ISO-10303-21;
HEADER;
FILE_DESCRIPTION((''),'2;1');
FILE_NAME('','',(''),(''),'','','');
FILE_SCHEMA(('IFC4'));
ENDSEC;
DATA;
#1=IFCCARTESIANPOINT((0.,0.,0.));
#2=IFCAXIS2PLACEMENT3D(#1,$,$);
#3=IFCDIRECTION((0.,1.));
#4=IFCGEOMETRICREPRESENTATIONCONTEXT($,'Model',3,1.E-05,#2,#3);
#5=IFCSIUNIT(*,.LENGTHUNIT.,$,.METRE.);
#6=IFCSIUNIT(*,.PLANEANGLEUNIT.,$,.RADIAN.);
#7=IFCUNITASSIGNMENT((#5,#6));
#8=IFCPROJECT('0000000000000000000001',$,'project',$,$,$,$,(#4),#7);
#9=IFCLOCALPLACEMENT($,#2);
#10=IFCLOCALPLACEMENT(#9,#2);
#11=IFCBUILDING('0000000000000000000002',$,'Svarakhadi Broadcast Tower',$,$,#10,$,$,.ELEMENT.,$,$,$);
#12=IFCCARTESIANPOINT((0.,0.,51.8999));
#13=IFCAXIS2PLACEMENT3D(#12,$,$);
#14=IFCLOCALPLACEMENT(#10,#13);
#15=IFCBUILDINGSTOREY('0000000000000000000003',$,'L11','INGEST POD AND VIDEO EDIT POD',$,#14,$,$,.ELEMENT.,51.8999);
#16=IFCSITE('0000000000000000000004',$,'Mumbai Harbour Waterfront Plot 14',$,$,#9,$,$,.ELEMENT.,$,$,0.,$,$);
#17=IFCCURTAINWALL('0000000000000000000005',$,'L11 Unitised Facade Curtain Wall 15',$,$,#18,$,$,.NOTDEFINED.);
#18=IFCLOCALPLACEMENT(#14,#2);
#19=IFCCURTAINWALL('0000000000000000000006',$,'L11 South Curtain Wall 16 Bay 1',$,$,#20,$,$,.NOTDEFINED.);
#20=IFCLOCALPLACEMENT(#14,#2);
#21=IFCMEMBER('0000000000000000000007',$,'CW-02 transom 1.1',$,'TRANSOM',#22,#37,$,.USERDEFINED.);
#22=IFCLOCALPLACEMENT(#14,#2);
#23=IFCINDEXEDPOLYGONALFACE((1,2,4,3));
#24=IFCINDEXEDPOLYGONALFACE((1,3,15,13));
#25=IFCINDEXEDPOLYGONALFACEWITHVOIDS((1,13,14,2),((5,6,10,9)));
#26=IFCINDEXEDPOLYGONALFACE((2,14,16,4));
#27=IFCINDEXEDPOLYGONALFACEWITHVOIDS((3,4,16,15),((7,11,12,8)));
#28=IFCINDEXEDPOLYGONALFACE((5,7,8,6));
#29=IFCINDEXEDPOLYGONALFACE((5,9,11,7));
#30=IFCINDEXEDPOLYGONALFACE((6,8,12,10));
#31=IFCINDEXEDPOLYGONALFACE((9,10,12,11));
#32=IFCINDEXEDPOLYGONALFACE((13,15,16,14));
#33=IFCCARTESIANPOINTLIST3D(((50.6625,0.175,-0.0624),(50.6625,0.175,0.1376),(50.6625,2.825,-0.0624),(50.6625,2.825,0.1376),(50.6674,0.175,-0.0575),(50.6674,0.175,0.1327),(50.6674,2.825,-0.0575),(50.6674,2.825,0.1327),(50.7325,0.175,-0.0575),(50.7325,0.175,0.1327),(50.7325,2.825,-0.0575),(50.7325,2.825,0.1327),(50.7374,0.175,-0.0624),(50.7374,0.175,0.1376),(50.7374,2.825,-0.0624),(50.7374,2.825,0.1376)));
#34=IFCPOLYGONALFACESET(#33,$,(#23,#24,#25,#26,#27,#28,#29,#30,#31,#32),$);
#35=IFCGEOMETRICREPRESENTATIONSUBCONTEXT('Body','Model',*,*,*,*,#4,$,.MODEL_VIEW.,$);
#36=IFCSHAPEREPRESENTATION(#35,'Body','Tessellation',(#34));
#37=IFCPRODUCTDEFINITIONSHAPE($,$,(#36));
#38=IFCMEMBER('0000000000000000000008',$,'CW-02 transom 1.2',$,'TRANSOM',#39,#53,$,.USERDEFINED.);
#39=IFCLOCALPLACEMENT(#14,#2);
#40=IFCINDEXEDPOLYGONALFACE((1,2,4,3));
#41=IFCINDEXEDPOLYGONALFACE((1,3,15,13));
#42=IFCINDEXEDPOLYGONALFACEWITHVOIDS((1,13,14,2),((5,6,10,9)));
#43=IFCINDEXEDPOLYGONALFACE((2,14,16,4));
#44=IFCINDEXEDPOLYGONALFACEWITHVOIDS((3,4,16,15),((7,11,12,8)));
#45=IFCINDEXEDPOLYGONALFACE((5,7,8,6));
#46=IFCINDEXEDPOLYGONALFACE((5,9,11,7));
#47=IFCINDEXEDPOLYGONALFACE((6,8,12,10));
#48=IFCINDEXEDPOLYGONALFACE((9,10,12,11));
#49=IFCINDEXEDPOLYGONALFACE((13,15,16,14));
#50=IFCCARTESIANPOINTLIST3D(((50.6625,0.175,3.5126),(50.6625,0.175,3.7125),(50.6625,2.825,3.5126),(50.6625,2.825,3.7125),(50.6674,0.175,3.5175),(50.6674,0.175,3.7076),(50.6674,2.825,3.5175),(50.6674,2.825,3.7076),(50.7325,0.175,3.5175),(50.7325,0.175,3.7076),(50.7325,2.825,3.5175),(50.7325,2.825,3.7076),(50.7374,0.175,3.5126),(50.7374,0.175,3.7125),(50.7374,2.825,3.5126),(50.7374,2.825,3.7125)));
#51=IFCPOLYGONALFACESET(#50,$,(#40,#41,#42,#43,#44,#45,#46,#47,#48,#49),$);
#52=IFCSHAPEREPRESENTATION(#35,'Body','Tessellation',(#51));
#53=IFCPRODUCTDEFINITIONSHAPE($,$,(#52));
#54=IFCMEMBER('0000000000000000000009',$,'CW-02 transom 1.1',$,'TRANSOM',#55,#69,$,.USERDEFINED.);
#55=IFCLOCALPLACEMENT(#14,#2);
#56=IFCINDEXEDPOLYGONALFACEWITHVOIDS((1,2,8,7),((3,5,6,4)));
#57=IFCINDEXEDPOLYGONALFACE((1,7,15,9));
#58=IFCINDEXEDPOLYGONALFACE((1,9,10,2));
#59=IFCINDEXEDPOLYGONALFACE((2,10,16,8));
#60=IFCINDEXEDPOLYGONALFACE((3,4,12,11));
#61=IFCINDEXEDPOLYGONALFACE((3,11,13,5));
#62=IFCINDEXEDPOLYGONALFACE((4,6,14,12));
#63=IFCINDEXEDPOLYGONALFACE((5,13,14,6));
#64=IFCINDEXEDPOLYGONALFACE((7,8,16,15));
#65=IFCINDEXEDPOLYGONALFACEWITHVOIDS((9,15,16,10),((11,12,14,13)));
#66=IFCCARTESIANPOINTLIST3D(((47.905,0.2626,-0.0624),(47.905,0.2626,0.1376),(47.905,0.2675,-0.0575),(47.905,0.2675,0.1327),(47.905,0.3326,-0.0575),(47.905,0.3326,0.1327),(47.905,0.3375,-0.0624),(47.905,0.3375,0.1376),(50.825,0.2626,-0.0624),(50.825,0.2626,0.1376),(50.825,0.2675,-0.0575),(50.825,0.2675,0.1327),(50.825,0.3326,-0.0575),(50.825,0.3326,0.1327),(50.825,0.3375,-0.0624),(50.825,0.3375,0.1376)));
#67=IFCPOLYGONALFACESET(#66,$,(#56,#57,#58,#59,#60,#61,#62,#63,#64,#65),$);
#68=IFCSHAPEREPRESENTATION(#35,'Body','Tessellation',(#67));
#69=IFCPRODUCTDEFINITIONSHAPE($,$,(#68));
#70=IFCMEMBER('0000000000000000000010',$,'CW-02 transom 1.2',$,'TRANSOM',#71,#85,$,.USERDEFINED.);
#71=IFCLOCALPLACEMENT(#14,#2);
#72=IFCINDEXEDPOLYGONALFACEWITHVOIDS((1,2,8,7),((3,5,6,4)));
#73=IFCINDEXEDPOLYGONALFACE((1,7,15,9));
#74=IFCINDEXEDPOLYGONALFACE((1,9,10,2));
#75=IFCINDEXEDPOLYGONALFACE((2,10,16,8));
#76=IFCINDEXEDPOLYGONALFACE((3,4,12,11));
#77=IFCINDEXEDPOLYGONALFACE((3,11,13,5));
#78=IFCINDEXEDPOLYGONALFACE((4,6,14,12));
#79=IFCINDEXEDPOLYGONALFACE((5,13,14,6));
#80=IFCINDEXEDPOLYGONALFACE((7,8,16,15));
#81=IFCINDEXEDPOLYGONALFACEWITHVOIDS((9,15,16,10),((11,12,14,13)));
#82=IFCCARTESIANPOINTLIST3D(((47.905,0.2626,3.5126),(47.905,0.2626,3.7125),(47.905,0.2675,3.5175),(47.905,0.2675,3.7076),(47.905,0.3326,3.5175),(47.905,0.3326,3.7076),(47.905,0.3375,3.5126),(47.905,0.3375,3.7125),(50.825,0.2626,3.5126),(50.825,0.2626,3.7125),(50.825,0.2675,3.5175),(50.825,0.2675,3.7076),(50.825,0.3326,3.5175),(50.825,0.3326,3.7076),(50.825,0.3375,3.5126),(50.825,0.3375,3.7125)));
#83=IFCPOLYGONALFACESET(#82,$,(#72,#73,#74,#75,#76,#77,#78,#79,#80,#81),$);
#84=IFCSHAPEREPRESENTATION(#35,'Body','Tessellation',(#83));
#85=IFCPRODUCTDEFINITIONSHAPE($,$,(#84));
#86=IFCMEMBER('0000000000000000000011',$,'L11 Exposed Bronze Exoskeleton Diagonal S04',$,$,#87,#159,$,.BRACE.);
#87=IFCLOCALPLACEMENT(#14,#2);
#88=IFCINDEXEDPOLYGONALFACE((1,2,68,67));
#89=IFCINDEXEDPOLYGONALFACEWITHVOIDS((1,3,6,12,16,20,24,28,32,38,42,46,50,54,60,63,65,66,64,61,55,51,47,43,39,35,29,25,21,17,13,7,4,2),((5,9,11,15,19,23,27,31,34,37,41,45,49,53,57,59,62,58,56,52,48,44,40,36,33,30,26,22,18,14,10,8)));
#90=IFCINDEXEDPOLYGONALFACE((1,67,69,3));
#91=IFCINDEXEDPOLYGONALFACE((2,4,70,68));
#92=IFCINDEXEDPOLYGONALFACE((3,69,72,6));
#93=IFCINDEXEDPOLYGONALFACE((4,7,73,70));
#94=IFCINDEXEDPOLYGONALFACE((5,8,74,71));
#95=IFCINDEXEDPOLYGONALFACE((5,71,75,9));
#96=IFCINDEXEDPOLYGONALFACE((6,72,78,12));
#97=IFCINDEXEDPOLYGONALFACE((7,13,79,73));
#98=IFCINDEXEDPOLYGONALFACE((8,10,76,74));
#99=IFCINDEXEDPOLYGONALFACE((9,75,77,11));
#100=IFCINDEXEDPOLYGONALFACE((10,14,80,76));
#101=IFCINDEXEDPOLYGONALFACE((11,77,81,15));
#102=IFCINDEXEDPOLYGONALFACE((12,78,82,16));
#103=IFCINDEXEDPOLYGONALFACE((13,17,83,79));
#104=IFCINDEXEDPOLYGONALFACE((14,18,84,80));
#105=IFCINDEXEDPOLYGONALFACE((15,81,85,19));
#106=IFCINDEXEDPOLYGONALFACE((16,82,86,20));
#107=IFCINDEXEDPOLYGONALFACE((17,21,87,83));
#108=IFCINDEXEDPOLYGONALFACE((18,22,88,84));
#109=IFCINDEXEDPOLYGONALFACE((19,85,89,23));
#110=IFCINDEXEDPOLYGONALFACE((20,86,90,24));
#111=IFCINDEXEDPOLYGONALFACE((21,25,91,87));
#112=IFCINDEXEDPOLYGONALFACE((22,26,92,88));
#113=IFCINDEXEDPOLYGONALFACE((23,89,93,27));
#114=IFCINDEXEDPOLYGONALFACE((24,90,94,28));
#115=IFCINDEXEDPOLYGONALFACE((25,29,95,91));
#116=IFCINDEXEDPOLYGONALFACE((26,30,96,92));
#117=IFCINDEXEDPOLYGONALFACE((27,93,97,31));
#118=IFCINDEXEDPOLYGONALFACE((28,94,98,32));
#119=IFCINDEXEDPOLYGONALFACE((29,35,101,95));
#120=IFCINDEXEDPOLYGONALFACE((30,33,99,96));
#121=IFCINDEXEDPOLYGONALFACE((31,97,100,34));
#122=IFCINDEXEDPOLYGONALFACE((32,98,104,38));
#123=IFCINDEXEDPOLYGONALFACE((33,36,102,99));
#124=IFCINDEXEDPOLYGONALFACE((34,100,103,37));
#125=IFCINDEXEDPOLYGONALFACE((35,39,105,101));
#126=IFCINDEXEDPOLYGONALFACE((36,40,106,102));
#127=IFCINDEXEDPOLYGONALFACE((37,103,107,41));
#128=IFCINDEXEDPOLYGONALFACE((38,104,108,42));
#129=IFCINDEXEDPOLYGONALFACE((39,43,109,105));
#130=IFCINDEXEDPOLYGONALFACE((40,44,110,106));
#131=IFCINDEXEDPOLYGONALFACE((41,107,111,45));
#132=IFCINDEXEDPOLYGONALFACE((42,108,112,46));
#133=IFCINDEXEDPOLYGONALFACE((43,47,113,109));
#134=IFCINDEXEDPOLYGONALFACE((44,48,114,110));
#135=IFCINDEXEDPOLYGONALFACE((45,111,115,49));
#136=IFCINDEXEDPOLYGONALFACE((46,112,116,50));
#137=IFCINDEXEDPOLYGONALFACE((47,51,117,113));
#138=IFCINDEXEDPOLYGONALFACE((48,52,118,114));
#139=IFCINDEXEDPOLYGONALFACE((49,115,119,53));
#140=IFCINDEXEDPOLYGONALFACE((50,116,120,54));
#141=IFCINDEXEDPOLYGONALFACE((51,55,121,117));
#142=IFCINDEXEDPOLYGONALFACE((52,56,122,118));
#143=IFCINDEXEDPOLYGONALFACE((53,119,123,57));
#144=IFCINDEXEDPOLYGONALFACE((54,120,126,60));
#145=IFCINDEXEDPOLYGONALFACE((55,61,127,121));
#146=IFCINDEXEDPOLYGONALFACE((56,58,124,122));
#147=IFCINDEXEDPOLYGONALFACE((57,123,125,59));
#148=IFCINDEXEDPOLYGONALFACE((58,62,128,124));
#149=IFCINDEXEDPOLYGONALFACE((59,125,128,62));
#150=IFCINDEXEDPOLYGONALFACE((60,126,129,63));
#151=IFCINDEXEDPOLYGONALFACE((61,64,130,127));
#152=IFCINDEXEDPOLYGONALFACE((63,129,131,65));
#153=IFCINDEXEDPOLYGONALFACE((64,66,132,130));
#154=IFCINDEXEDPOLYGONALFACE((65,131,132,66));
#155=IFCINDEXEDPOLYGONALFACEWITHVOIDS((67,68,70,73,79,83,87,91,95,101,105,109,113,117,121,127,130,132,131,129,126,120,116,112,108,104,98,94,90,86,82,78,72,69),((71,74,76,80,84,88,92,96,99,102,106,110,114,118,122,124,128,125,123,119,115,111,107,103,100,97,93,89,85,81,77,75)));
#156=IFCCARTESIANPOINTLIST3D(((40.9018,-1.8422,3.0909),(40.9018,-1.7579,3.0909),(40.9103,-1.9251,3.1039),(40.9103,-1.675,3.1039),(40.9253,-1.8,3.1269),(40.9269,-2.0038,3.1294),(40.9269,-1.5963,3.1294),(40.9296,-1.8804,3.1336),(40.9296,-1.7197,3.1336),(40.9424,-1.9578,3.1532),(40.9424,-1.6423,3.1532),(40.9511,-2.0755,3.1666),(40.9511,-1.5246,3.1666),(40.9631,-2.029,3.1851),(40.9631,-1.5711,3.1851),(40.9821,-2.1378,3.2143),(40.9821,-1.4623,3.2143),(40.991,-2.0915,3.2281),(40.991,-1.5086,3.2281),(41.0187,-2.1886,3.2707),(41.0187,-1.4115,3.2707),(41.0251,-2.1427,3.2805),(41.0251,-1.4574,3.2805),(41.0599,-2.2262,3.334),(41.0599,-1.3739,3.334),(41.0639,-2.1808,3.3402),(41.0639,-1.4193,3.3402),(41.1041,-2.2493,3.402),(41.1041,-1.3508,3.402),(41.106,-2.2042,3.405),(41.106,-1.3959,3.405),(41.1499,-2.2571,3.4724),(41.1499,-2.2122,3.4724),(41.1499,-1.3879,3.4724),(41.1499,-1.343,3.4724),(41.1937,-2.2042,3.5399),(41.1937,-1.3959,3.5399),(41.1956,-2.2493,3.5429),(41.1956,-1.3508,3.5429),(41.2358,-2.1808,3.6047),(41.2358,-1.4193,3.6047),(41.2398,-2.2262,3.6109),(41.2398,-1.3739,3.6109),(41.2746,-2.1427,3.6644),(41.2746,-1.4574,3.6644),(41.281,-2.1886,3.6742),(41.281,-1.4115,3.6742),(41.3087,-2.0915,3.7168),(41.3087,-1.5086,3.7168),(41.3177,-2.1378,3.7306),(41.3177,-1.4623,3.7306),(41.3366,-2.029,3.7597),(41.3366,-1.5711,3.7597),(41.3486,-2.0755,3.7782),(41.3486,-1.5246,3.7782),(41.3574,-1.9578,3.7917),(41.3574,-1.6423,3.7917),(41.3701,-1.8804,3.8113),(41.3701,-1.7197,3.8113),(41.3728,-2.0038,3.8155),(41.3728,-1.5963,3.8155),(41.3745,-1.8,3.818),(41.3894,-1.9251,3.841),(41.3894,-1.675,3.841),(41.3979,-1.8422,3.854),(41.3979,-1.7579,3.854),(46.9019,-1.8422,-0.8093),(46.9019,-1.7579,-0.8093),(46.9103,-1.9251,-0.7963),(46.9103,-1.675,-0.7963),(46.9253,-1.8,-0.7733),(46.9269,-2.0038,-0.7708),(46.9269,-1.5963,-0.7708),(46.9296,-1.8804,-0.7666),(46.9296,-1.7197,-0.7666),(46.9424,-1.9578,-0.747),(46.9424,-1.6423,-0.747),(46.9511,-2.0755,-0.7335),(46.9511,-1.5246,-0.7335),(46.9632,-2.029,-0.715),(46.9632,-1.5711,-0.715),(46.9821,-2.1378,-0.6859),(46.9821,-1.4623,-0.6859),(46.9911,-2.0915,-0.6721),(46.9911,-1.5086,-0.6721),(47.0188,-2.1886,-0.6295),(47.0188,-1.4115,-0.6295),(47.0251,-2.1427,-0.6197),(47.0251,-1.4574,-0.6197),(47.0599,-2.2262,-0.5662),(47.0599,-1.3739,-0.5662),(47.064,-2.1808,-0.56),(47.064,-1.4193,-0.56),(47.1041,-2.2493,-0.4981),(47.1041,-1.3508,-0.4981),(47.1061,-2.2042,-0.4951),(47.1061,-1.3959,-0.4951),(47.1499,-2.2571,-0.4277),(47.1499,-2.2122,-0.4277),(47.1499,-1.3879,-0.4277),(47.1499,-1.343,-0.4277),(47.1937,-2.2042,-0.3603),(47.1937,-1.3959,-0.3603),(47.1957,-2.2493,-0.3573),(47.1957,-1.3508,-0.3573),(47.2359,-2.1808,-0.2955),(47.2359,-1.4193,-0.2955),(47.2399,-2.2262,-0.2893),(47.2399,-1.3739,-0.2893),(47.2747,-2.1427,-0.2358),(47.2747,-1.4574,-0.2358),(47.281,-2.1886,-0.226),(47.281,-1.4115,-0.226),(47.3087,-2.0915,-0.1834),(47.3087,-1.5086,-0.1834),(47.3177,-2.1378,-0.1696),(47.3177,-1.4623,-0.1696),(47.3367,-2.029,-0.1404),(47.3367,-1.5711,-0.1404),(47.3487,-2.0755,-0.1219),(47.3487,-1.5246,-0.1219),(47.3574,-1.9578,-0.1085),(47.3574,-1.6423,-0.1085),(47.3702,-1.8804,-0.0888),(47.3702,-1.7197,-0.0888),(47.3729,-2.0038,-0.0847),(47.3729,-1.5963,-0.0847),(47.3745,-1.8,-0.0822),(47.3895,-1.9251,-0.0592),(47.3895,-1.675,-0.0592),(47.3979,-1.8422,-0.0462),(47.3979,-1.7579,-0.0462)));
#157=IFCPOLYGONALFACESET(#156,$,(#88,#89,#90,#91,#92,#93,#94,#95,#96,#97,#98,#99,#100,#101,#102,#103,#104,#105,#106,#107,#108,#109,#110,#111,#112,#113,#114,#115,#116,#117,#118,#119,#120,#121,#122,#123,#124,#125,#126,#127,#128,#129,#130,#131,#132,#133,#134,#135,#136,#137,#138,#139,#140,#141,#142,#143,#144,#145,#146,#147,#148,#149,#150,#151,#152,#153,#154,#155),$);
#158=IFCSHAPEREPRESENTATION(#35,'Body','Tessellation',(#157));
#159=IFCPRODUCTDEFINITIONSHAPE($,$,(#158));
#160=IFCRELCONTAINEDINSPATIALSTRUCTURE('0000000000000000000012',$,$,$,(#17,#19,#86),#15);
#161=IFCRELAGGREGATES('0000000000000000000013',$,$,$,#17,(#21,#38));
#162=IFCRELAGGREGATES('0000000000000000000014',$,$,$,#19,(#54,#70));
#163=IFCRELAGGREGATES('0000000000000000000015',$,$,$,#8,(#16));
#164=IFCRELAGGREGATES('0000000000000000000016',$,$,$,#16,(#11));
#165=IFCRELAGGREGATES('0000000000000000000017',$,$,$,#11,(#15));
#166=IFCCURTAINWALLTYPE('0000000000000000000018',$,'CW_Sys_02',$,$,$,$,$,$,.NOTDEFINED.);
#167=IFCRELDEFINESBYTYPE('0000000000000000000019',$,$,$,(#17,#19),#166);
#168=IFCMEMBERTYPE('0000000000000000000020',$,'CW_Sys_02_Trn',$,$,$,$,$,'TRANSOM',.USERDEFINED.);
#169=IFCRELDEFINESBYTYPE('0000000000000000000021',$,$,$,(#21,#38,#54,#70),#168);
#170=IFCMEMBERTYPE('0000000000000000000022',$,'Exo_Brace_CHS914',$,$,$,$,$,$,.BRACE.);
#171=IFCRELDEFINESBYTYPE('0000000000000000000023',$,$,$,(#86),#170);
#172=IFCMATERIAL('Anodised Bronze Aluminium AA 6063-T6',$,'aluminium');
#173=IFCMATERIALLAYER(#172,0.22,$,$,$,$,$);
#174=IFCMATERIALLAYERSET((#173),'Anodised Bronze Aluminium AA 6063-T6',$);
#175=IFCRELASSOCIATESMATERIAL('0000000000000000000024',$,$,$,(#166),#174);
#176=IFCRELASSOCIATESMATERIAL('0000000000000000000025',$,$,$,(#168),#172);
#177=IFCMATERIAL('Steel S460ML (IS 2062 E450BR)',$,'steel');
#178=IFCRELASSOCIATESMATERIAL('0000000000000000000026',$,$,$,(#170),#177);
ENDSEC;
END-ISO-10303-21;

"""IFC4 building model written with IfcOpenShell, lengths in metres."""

from ifc_helpers import new_model, si_unit, direction, frame, origin, origin_2d, place, context, subcontext, project, spatial, hollow_rectangle, hollow_circle, extrude, material, layer, layer_set, material_profile, profile_set, type_object, element, aggregate, save


model = new_model("IFC4")

# Units and contexts
model_context = context("Model", 3, precision=1e-05, world=origin(), true_north=direction((0.0, 1.0)))
body_context = subcontext(model_context, "Body", "Model", "MODEL_VIEW")
ifc_project = project(units=[si_unit("LENGTHUNIT", "METRE"), si_unit("PLANEANGLEUNIT", "RADIAN")], contexts=[model_context])

# Site, building, storey
site_placement = place(None, origin())
site = spatial("IfcSite", under=ifc_project, at=site_placement, Name="Mumbai Harbour Waterfront Plot 14", CompositionType="ELEMENT", RefElevation=0.0)
building_placement = place(site_placement, origin())
building = spatial("IfcBuilding", under=site, at=building_placement, Name="Svarakhadi Broadcast Tower", CompositionType="ELEMENT")
storey_placement = place(building_placement, frame((0.0, 0.0, 51.8999)))
storey = spatial("IfcBuildingStorey", under=building, at=storey_placement, Name="L11", Description="INGEST POD AND VIDEO EDIT POD", CompositionType="ELEMENT", Elevation=51.8999)

# Shared definitions
ifc_material_1 = material(Name="Steel S460ML (IS 2062 E450BR)", Category="steel")

# Curtain walls
ifc_material_2 = material(Name="Anodised Bronze Aluminium AA 6063-T6", Category="aluminium")
ifc_layer_1 = layer(ifc_material_2, 0.22)
ifc_layer_set_1 = layer_set([ifc_layer_1], Name="Anodised Bronze Aluminium AA 6063-T6")
curtain_wall_type = type_object("IfcCurtainWallType", Name="CW_Sys_02", PredefinedType="NOTDEFINED", material=ifc_layer_set_1)
curtain_wall_1_placement = place(storey_placement, origin())
curtain_wall_1 = element("IfcCurtainWall", 1, at=curtain_wall_1_placement, inside=storey, type_object=curtain_wall_type, Name="L11 Unitised Facade Curtain Wall 15", PredefinedType="NOTDEFINED")
curtain_wall_2_placement = place(storey_placement, origin())
curtain_wall_2 = element("IfcCurtainWall", 2, at=curtain_wall_2_placement, inside=storey, type_object=curtain_wall_type, Name="L11 South Curtain Wall 16 Bay 1", PredefinedType="NOTDEFINED")

# Members
ifc_material_profile_1 = material_profile(ifc_material_2, hollow_rectangle(XDim=0.075, YDim=0.2, WallThickness=0.0049, at=origin_2d()), Name="ALU TRANSOM 200x75x5")
ifc_profile_set_1 = profile_set([ifc_material_profile_1], Name="Anodised Bronze Aluminium AA 6063-T6")
member_type_1 = type_object("IfcMemberType", Name="CW_Sys_02_Trn", ElementType="TRANSOM", PredefinedType="USERDEFINED", material=ifc_profile_set_1)
member_1_placement = place(storey_placement, frame((50.7, 2.825, 0.0376), z_axis=(0.0, -1.0, 0.0), x_axis=(1.0, 0.0, 0.0)))
member_1 = element("IfcMember", 3, at=member_1_placement, type_object=member_type_1, Name="CW-02 transom 1.1", ObjectType="TRANSOM", PredefinedType="USERDEFINED", context=body_context, shape_type="SweptSolid", body=[
    extrude(hollow_rectangle(XDim=0.075, YDim=0.2, WallThickness=0.0049, at=origin_2d()), origin(), (0.0, 0.0, 1.0), 2.6499),
])
member_2_placement = place(storey_placement, frame((50.7, 2.825, 3.6125), z_axis=(0.0, -1.0, 0.0), x_axis=(1.0, 0.0, 0.0)))
member_2 = element("IfcMember", 4, at=member_2_placement, type_object=member_type_1, Name="CW-02 transom 1.2", ObjectType="TRANSOM", PredefinedType="USERDEFINED", context=body_context, shape_type="SweptSolid", body=[
    extrude(hollow_rectangle(XDim=0.075, YDim=0.2, WallThickness=0.0049, at=origin_2d()), origin(), (0.0, 0.0, 1.0), 2.6499),
])
member_3_placement = place(storey_placement, frame((50.825, 0.3, 0.0376), z_axis=(-1.0, 0.0, 0.0), x_axis=(0.0, -1.0, 0.0)))
member_3 = element("IfcMember", 5, at=member_3_placement, type_object=member_type_1, Name="CW-02 transom 1.1", ObjectType="TRANSOM", PredefinedType="USERDEFINED", context=body_context, shape_type="SweptSolid", body=[
    extrude(hollow_rectangle(XDim=0.075, YDim=0.2, WallThickness=0.0049, at=origin_2d()), origin(), (0.0, 0.0, 1.0), 2.9199),
])
member_4_placement = place(storey_placement, frame((50.825, 0.3, 3.6125), z_axis=(-1.0, 0.0, 0.0), x_axis=(0.0, -1.0, 0.0)))
member_4 = element("IfcMember", 6, at=member_4_placement, type_object=member_type_1, Name="CW-02 transom 1.2", ObjectType="TRANSOM", PredefinedType="USERDEFINED", context=body_context, shape_type="SweptSolid", body=[
    extrude(hollow_rectangle(XDim=0.075, YDim=0.2, WallThickness=0.0049, at=origin_2d()), origin(), (0.0, 0.0, 1.0), 2.9199),
])
ifc_material_profile_2 = material_profile(ifc_material_1, hollow_circle(Radius=0.457, WallThickness=0.0449, at=origin_2d()), Name="CHS 914x45")
ifc_profile_set_2 = profile_set([ifc_material_profile_2], Name="Steel S460ML (IS 2062 E450BR)")
member_type_2 = type_object("IfcMemberType", Name="Exo_Brace_CHS914", PredefinedType="BRACE", material=ifc_profile_set_2)
member_5_placement = place(storey_placement, frame((47.1499, -1.8, -0.4277), z_axis=(-0.838434, 0.0, 0.545003), x_axis=(0.0, -1.0, 0.0)))
element("IfcMember", 7, at=member_5_placement, inside=storey, type_object=member_type_2, Name="L11 Exposed Bronze Exoskeleton Diagonal S04", PredefinedType="BRACE", context=body_context, shape_type="SweptSolid", body=[
    extrude(hollow_circle(Radius=0.457, WallThickness=0.0449, at=origin_2d()), origin(), (0.0, 0.0, 1.0), 7.1562),
])

aggregate(curtain_wall_1, [member_1, member_2])
aggregate(curtain_wall_2, [member_3, member_4])

save(model, "model.ifc")
